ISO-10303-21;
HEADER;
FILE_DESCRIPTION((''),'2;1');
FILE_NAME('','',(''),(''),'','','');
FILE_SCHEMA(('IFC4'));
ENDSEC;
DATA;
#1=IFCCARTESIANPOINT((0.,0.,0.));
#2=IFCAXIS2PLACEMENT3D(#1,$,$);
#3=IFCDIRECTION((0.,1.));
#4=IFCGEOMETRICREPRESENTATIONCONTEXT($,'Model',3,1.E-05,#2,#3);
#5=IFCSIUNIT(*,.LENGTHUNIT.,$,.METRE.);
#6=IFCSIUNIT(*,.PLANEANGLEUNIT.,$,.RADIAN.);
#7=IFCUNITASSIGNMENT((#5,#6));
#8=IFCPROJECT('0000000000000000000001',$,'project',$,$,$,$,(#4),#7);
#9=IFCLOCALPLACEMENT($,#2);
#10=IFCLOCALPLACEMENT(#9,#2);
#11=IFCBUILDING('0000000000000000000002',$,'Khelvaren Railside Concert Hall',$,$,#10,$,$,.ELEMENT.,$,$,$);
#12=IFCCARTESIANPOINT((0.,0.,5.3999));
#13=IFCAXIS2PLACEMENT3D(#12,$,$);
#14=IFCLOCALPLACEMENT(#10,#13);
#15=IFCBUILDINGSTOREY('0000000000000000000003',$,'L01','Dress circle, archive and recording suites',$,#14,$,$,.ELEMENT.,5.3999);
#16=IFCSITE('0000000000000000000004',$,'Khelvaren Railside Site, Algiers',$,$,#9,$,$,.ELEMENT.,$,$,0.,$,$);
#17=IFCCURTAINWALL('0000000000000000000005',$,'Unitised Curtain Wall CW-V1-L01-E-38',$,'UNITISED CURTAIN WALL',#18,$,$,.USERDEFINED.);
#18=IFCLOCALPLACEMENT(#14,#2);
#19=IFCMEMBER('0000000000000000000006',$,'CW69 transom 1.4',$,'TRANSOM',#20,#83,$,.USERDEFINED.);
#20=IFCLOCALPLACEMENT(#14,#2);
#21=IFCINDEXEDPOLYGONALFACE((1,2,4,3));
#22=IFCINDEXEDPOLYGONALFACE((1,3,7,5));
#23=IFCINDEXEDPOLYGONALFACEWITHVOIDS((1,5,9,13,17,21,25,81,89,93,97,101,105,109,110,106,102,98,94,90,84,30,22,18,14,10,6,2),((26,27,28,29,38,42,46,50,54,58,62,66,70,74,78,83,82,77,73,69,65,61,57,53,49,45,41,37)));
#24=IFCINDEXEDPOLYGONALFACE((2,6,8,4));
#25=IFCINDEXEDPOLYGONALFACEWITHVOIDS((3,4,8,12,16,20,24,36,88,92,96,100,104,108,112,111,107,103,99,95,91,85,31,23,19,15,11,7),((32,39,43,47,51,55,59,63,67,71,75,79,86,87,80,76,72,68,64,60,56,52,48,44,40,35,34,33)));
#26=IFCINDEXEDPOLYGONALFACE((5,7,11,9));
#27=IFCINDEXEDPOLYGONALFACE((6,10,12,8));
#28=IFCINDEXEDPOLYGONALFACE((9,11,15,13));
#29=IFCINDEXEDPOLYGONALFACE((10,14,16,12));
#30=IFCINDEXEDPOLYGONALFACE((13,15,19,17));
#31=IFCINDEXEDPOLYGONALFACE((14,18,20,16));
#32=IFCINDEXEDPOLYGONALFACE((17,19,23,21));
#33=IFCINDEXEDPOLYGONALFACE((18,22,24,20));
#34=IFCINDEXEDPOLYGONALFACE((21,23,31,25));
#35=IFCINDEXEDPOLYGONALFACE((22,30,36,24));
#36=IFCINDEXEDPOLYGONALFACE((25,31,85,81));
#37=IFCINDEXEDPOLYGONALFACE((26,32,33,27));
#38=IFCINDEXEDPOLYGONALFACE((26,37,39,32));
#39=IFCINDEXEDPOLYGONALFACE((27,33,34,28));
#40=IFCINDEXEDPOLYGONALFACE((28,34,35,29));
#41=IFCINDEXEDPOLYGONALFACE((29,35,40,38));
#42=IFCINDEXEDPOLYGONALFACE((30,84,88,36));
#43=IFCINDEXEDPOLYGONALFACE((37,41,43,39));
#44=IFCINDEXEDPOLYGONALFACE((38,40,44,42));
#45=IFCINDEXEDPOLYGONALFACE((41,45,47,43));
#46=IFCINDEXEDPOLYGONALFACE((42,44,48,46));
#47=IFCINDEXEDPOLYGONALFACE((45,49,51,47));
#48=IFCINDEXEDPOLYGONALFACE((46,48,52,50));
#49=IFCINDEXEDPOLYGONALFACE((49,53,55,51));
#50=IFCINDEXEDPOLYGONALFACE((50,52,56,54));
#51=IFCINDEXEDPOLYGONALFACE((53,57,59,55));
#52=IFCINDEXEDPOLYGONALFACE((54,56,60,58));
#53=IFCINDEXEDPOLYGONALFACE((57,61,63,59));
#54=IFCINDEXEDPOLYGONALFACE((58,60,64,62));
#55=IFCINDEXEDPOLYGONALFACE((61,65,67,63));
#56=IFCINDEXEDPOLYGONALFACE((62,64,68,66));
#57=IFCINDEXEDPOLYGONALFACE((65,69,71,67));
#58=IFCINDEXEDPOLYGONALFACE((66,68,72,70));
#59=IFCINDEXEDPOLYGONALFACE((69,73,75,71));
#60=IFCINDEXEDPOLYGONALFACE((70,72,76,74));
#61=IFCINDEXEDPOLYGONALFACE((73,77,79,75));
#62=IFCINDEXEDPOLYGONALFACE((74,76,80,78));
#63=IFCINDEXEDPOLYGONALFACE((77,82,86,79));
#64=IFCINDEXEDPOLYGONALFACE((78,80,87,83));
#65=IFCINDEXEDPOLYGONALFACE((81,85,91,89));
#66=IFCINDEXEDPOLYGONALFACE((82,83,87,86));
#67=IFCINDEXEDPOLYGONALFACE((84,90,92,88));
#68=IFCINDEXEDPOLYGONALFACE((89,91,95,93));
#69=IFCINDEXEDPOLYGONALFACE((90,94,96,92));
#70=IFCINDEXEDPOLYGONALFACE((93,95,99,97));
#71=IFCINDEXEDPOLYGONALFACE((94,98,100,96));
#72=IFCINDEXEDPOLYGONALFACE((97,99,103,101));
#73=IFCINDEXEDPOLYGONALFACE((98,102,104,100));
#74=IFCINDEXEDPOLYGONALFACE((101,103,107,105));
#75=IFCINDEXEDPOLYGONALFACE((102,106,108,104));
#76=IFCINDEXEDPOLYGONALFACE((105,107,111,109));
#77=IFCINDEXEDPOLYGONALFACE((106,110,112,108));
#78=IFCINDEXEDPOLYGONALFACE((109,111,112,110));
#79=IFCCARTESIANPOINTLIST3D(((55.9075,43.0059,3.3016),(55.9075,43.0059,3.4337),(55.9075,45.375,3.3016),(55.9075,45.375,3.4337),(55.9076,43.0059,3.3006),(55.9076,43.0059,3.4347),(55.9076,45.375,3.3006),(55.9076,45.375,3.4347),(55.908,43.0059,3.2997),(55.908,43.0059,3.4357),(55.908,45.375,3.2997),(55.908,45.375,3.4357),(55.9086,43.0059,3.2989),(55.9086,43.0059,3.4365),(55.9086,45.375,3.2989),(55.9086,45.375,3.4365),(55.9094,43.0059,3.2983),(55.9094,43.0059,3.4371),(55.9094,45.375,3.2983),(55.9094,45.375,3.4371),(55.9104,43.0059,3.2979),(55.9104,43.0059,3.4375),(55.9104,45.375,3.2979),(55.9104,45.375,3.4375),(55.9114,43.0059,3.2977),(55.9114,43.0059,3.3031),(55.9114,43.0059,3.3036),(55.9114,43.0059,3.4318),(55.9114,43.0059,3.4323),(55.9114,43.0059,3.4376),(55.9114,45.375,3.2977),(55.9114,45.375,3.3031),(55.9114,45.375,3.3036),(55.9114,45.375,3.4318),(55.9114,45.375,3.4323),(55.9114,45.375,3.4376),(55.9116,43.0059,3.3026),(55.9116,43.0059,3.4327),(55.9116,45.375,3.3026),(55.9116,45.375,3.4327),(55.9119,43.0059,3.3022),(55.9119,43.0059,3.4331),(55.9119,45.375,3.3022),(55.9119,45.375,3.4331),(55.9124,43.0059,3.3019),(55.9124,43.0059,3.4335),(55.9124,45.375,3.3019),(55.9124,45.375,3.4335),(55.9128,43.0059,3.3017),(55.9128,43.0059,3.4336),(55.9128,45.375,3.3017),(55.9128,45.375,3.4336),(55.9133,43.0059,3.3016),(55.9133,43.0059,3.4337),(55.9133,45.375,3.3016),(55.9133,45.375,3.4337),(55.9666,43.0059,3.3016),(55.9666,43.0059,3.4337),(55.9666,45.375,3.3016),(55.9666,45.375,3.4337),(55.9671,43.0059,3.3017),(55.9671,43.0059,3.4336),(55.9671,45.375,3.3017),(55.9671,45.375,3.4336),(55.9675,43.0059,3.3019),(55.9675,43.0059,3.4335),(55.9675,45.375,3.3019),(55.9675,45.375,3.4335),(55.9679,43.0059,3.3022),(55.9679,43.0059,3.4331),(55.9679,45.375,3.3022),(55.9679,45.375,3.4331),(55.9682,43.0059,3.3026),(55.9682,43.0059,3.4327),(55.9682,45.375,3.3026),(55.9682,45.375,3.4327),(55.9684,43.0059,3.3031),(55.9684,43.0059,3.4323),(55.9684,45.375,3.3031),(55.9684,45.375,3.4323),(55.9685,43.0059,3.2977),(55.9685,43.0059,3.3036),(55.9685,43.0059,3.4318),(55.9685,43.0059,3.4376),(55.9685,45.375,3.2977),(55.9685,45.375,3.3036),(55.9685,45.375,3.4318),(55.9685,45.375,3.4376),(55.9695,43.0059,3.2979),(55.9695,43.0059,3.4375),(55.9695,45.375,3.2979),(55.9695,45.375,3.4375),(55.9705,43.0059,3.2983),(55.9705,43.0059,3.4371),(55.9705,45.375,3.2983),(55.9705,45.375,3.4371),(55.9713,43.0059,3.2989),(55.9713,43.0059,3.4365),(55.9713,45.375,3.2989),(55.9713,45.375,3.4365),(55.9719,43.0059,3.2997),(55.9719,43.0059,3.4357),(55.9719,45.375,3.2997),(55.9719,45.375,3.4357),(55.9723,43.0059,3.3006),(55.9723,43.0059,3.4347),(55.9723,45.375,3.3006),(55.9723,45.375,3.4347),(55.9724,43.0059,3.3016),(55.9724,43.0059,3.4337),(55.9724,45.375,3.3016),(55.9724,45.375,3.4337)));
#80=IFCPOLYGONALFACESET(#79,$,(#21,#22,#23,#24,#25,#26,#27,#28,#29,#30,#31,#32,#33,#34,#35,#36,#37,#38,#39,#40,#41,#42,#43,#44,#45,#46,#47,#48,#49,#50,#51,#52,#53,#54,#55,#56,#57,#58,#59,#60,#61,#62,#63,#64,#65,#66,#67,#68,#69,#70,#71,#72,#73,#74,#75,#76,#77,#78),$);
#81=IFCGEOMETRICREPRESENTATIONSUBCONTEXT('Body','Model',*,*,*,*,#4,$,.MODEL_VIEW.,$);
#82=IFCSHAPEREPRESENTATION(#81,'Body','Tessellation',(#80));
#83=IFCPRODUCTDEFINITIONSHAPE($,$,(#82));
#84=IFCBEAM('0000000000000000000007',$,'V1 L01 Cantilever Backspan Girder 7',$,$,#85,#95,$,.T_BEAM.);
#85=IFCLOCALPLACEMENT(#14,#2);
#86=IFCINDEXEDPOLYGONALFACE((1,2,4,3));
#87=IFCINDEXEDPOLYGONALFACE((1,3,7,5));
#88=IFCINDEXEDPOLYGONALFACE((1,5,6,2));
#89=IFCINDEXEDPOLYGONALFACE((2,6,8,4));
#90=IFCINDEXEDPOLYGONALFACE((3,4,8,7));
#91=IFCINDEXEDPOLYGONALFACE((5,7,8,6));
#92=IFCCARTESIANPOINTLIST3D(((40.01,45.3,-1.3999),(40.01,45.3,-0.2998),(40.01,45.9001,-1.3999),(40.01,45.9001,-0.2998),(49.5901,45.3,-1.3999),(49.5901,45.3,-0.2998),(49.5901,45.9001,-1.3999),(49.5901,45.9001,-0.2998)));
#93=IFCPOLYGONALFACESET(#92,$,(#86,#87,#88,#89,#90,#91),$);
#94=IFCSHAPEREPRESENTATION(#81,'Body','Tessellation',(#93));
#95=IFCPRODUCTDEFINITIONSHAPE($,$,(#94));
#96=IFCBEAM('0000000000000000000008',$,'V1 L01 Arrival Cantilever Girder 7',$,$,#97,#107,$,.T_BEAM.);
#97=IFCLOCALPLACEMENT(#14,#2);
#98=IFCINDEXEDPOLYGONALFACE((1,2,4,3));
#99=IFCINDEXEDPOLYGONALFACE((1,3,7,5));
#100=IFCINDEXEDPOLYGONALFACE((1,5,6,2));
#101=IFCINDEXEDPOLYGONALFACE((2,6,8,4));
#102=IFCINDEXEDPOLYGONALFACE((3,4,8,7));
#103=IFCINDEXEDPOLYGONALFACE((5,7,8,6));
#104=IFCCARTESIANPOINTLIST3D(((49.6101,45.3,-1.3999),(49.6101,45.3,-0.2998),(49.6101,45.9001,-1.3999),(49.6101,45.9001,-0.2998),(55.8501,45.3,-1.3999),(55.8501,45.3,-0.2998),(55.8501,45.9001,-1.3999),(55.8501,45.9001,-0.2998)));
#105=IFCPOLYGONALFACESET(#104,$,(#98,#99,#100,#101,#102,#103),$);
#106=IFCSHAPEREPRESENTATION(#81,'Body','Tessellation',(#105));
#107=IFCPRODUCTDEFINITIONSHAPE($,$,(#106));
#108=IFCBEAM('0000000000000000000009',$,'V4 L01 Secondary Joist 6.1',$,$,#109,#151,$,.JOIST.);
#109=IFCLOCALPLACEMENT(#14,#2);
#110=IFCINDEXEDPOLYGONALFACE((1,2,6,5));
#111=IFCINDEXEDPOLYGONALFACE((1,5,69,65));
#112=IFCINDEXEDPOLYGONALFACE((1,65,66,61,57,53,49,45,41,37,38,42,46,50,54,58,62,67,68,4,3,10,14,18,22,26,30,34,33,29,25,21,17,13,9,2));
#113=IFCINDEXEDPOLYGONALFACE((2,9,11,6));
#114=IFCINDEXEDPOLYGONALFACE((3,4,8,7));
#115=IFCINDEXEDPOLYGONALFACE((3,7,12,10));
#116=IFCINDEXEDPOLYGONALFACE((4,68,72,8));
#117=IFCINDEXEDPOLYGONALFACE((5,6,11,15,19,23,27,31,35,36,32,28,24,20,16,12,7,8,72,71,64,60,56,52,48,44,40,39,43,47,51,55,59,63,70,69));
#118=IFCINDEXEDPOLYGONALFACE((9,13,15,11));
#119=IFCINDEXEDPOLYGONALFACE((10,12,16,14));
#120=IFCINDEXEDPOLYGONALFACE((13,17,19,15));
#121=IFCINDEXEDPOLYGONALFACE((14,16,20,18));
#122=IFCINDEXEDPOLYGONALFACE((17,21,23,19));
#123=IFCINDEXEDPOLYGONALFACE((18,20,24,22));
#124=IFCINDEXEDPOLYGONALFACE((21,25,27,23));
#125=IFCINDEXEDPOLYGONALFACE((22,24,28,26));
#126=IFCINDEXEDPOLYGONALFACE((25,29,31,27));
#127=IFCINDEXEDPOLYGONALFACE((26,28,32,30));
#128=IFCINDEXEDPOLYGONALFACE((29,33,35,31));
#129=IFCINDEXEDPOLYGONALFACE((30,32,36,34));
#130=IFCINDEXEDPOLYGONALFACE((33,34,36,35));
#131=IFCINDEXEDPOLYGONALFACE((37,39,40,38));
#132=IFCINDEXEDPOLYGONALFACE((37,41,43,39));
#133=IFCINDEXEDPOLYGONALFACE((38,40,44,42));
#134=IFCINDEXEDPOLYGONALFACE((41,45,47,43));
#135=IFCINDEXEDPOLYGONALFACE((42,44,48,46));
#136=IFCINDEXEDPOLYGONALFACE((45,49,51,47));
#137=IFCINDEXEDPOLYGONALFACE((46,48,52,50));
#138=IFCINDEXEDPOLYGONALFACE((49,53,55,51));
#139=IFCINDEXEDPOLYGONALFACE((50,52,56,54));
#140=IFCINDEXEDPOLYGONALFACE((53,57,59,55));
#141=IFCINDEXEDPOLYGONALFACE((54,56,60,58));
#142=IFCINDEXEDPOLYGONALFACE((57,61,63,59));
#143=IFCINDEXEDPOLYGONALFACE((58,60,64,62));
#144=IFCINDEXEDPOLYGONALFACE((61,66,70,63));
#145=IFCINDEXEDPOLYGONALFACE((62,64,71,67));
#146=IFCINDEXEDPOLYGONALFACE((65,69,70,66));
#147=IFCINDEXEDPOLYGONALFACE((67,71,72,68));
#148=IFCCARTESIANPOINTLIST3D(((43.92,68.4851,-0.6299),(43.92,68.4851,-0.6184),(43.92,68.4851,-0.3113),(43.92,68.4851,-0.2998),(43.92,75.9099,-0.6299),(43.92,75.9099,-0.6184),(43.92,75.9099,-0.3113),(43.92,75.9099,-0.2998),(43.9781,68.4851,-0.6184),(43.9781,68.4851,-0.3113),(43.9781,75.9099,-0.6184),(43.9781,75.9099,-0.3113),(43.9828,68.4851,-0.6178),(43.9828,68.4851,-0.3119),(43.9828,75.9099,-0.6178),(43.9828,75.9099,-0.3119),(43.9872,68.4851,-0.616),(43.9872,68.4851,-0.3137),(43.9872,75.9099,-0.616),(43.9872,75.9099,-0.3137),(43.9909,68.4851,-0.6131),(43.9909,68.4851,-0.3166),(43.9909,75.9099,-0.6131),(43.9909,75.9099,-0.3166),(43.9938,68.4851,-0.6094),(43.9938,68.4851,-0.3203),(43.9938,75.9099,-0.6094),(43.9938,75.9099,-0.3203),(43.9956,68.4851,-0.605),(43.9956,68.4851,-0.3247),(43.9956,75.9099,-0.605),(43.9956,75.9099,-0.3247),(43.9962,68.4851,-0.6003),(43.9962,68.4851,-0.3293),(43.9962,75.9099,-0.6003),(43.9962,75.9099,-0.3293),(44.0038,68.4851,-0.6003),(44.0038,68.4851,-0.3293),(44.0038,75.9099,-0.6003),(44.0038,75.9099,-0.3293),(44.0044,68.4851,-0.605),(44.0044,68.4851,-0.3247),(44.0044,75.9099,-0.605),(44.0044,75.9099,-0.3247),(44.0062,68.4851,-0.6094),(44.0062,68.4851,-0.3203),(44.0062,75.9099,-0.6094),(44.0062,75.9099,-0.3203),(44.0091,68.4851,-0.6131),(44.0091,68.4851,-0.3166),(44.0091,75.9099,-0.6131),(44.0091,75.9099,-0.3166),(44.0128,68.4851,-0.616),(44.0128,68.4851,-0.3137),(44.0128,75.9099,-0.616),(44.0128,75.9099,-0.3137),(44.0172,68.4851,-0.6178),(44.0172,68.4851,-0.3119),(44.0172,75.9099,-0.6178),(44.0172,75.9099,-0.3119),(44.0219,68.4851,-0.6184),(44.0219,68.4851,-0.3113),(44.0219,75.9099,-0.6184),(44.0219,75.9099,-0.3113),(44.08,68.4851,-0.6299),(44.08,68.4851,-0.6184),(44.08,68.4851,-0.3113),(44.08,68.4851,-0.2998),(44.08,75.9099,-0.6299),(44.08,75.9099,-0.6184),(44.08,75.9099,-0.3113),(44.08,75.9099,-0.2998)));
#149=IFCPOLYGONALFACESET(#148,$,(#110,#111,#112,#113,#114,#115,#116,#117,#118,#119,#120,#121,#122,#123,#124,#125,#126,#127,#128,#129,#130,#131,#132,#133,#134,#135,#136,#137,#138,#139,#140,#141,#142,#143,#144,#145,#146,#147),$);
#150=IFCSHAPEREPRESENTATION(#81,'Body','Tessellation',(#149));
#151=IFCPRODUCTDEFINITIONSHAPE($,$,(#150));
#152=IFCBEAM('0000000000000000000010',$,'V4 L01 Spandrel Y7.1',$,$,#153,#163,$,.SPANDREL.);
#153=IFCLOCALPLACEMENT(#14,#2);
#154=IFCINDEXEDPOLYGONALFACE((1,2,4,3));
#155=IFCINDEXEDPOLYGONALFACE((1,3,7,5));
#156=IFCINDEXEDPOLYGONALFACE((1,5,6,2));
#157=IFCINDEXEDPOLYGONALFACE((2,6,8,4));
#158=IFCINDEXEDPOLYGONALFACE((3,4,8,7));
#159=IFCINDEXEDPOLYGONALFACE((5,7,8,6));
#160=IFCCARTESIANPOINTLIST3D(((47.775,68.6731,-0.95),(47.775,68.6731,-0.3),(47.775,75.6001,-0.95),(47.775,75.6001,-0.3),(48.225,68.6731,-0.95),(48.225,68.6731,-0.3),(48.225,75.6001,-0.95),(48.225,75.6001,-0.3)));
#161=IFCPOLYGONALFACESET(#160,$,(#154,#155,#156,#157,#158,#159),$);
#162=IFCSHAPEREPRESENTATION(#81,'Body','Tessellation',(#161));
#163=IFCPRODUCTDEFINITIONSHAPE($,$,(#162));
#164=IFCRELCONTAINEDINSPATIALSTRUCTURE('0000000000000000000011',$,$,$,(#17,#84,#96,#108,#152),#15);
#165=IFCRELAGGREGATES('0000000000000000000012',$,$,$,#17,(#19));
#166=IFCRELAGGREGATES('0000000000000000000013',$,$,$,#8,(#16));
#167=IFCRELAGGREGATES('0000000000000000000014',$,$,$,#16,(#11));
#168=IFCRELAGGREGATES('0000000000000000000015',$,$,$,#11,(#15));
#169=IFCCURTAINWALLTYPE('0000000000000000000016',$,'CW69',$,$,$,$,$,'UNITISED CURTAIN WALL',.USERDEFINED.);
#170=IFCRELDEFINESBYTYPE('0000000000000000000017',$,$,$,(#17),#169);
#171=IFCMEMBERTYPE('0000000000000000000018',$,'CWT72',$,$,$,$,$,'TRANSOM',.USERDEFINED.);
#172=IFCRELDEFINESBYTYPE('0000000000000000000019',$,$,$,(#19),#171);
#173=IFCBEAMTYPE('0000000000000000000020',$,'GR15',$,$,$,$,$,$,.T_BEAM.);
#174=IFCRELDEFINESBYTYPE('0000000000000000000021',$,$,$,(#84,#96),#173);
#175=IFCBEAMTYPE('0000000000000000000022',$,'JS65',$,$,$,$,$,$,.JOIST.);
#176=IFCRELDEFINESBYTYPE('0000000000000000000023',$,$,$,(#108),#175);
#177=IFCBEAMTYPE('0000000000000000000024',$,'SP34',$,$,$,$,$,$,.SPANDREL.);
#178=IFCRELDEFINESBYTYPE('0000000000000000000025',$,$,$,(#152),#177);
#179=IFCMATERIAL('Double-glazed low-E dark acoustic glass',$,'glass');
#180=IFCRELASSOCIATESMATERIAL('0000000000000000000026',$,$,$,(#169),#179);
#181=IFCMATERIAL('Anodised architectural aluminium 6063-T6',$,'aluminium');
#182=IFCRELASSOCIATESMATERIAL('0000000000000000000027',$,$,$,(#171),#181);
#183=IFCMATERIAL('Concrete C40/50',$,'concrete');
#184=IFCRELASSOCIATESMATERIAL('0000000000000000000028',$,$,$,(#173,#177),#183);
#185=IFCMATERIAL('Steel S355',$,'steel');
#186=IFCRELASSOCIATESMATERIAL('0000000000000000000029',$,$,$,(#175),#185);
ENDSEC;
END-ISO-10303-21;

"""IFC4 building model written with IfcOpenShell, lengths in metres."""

from ifc_helpers import new_model, si_unit, direction, frame, origin, origin_2d, place, context, subcontext, project, spatial, rectangle, hollow_rectangle, i_section, extrude, material, material_profile, profile_set, type_object, element, aggregate, save


model = new_model("IFC4")

# Units and contexts
model_context = context("Model", 3, precision=1e-05, world=origin(), true_north=direction((0.0, 1.0)))
body_context = subcontext(model_context, "Body", "Model", "MODEL_VIEW")
ifc_project = project(units=[si_unit("LENGTHUNIT", "METRE"), si_unit("PLANEANGLEUNIT", "RADIAN")], contexts=[model_context])

# Site, building, storey
site_placement = place(None, origin())
site = spatial("IfcSite", under=ifc_project, at=site_placement, Name="Khelvaren Railside Site, Algiers", CompositionType="ELEMENT", RefElevation=0.0)
building_placement = place(site_placement, origin())
building = spatial("IfcBuilding", under=site, at=building_placement, Name="Khelvaren Railside Concert Hall", CompositionType="ELEMENT")
storey_placement = place(building_placement, frame((0.0, 0.0, 5.3999)))
storey = spatial("IfcBuildingStorey", under=building, at=storey_placement, Name="L01", Description="Dress circle, archive and recording suites", CompositionType="ELEMENT", Elevation=5.3999)

# Shared definitions
ifc_material_1 = material(Name="Steel S355", Category="steel")

# Shared definitions
ifc_material_2 = material(Name="Concrete C40/50", Category="concrete")

# Curtain wall, member
ifc_material_3 = material(Name="Double-glazed low-E dark acoustic glass", Category="glass")
curtain_wall_type = type_object("IfcCurtainWallType", Name="CW69", ElementType="UNITISED CURTAIN WALL", PredefinedType="USERDEFINED", material=ifc_material_3)
curtain_wall_placement = place(storey_placement, origin())
curtain_wall = element("IfcCurtainWall", 1, at=curtain_wall_placement, inside=storey, type_object=curtain_wall_type, Name="Unitised Curtain Wall CW-V1-L01-E-38", ObjectType="UNITISED CURTAIN WALL", PredefinedType="USERDEFINED")
ifc_material_4 = material(Name="Anodised architectural aluminium 6063-T6", Category="aluminium")
ifc_material_profile_1 = material_profile(ifc_material_4, hollow_rectangle(XDim=0.0649, YDim=0.1399, WallThickness=0.0039, InnerFilletRadius=0.002, OuterFilletRadius=0.0039, at=origin_2d()), Name="CWT 65x140x4")
ifc_profile_set_1 = profile_set([ifc_material_profile_1], Name="Anodised architectural aluminium 6063-T6")
member_type_1 = type_object("IfcMemberType", Name="CWT72", ElementType="TRANSOM", PredefinedType="USERDEFINED", material=ifc_profile_set_1)
member_1_placement = place(storey_placement, frame((55.9399, 45.375, 3.3677), z_axis=(0.0, -1.0, 0.0), x_axis=(1.0, 0.0, 0.0)))
member_1 = element("IfcMember", 2, at=member_1_placement, type_object=member_type_1, Name="CW69 transom 1.4", ObjectType="TRANSOM", PredefinedType="USERDEFINED", context=body_context, shape_type="SweptSolid", body=[
    extrude(hollow_rectangle(XDim=0.0649, YDim=0.1399, WallThickness=0.0039, InnerFilletRadius=0.002, OuterFilletRadius=0.0039, at=origin_2d()), origin(), (0.0, 0.0, 1.0), 2.3691),
])
aggregate(curtain_wall, [member_1])

# Beams
ifc_material_profile_2 = material_profile(ifc_material_2, rectangle(XDim=0.6001, YDim=1.1001, at=origin_2d()), Name="RCB 600x1100")
ifc_profile_set_2 = profile_set([ifc_material_profile_2], Name="Concrete C40/50")
beam_type_1 = type_object("IfcBeamType", Name="GR15", PredefinedType="T_BEAM", material=ifc_profile_set_2)
beam_1_placement = place(storey_placement, frame((40.01, 45.6001, -0.8499), z_axis=(1.0, 0.0, 0.0), x_axis=(0.0, 1.0, 0.0)))
element("IfcBeam", 3, at=beam_1_placement, inside=storey, type_object=beam_type_1, Name="V1 L01 Cantilever Backspan Girder 7", PredefinedType="T_BEAM", context=body_context, shape_type="SweptSolid", body=[
    extrude(rectangle(XDim=0.6001, YDim=1.1001, at=origin_2d()), origin(), (0.0, 0.0, 1.0), 9.5801),
])
beam_2_placement = place(storey_placement, frame((49.6101, 45.6001, -0.8499), z_axis=(1.0, 0.0, 0.0), x_axis=(0.0, 1.0, 0.0)))
element("IfcBeam", 4, at=beam_2_placement, inside=storey, type_object=beam_type_1, Name="V1 L01 Arrival Cantilever Girder 7", PredefinedType="T_BEAM", context=body_context, shape_type="SweptSolid", body=[
    extrude(rectangle(XDim=0.6001, YDim=1.1001, at=origin_2d()), origin(), (0.0, 0.0, 1.0), 6.24),
])
ifc_material_profile_3 = material_profile(ifc_material_1, i_section(OverallWidth=0.1599, OverallDepth=0.3301, WebThickness=0.0076, FlangeThickness=0.0115, FilletRadius=0.0181, at=origin_2d()), Name="IPE 330")
ifc_profile_set_3 = profile_set([ifc_material_profile_3], Name="Steel S355")
beam_type_2 = type_object("IfcBeamType", Name="JS65", PredefinedType="JOIST", material=ifc_profile_set_3)
beam_3_placement = place(storey_placement, frame((44.0, 68.4851, -0.4648), z_axis=(0.0, 1.0, 0.0), x_axis=(-1.0, 0.0, 0.0)))
element("IfcBeam", 5, at=beam_3_placement, inside=storey, type_object=beam_type_2, Name="V4 L01 Secondary Joist 6.1", PredefinedType="JOIST", context=body_context, shape_type="SweptSolid", body=[
    extrude(i_section(OverallWidth=0.1599, OverallDepth=0.3301, WebThickness=0.0076, FlangeThickness=0.0115, FilletRadius=0.0181, at=origin_2d()), origin(), (0.0, 0.0, 1.0), 7.4248),
])
ifc_material_profile_4 = material_profile(ifc_material_2, rectangle(XDim=0.45, YDim=0.6499, at=origin_2d()), Name="RCB 450x650")
ifc_profile_set_4 = profile_set([ifc_material_profile_4], Name="Concrete C40/50")
beam_type_3 = type_object("IfcBeamType", Name="SP34", PredefinedType="SPANDREL", material=ifc_profile_set_4)
beam_4_placement = place(storey_placement, frame((48.0, 68.6731, -0.625), z_axis=(0.0, 1.0, 0.0), x_axis=(-1.0, 0.0, 0.0)))
element("IfcBeam", 6, at=beam_4_placement, inside=storey, type_object=beam_type_3, Name="V4 L01 Spandrel Y7.1", PredefinedType="SPANDREL", context=body_context, shape_type="SweptSolid", body=[
    extrude(rectangle(XDim=0.45, YDim=0.6499, at=origin_2d()), origin(), (0.0, 0.0, 1.0), 6.927),
])

save(model, "model.ifc")
